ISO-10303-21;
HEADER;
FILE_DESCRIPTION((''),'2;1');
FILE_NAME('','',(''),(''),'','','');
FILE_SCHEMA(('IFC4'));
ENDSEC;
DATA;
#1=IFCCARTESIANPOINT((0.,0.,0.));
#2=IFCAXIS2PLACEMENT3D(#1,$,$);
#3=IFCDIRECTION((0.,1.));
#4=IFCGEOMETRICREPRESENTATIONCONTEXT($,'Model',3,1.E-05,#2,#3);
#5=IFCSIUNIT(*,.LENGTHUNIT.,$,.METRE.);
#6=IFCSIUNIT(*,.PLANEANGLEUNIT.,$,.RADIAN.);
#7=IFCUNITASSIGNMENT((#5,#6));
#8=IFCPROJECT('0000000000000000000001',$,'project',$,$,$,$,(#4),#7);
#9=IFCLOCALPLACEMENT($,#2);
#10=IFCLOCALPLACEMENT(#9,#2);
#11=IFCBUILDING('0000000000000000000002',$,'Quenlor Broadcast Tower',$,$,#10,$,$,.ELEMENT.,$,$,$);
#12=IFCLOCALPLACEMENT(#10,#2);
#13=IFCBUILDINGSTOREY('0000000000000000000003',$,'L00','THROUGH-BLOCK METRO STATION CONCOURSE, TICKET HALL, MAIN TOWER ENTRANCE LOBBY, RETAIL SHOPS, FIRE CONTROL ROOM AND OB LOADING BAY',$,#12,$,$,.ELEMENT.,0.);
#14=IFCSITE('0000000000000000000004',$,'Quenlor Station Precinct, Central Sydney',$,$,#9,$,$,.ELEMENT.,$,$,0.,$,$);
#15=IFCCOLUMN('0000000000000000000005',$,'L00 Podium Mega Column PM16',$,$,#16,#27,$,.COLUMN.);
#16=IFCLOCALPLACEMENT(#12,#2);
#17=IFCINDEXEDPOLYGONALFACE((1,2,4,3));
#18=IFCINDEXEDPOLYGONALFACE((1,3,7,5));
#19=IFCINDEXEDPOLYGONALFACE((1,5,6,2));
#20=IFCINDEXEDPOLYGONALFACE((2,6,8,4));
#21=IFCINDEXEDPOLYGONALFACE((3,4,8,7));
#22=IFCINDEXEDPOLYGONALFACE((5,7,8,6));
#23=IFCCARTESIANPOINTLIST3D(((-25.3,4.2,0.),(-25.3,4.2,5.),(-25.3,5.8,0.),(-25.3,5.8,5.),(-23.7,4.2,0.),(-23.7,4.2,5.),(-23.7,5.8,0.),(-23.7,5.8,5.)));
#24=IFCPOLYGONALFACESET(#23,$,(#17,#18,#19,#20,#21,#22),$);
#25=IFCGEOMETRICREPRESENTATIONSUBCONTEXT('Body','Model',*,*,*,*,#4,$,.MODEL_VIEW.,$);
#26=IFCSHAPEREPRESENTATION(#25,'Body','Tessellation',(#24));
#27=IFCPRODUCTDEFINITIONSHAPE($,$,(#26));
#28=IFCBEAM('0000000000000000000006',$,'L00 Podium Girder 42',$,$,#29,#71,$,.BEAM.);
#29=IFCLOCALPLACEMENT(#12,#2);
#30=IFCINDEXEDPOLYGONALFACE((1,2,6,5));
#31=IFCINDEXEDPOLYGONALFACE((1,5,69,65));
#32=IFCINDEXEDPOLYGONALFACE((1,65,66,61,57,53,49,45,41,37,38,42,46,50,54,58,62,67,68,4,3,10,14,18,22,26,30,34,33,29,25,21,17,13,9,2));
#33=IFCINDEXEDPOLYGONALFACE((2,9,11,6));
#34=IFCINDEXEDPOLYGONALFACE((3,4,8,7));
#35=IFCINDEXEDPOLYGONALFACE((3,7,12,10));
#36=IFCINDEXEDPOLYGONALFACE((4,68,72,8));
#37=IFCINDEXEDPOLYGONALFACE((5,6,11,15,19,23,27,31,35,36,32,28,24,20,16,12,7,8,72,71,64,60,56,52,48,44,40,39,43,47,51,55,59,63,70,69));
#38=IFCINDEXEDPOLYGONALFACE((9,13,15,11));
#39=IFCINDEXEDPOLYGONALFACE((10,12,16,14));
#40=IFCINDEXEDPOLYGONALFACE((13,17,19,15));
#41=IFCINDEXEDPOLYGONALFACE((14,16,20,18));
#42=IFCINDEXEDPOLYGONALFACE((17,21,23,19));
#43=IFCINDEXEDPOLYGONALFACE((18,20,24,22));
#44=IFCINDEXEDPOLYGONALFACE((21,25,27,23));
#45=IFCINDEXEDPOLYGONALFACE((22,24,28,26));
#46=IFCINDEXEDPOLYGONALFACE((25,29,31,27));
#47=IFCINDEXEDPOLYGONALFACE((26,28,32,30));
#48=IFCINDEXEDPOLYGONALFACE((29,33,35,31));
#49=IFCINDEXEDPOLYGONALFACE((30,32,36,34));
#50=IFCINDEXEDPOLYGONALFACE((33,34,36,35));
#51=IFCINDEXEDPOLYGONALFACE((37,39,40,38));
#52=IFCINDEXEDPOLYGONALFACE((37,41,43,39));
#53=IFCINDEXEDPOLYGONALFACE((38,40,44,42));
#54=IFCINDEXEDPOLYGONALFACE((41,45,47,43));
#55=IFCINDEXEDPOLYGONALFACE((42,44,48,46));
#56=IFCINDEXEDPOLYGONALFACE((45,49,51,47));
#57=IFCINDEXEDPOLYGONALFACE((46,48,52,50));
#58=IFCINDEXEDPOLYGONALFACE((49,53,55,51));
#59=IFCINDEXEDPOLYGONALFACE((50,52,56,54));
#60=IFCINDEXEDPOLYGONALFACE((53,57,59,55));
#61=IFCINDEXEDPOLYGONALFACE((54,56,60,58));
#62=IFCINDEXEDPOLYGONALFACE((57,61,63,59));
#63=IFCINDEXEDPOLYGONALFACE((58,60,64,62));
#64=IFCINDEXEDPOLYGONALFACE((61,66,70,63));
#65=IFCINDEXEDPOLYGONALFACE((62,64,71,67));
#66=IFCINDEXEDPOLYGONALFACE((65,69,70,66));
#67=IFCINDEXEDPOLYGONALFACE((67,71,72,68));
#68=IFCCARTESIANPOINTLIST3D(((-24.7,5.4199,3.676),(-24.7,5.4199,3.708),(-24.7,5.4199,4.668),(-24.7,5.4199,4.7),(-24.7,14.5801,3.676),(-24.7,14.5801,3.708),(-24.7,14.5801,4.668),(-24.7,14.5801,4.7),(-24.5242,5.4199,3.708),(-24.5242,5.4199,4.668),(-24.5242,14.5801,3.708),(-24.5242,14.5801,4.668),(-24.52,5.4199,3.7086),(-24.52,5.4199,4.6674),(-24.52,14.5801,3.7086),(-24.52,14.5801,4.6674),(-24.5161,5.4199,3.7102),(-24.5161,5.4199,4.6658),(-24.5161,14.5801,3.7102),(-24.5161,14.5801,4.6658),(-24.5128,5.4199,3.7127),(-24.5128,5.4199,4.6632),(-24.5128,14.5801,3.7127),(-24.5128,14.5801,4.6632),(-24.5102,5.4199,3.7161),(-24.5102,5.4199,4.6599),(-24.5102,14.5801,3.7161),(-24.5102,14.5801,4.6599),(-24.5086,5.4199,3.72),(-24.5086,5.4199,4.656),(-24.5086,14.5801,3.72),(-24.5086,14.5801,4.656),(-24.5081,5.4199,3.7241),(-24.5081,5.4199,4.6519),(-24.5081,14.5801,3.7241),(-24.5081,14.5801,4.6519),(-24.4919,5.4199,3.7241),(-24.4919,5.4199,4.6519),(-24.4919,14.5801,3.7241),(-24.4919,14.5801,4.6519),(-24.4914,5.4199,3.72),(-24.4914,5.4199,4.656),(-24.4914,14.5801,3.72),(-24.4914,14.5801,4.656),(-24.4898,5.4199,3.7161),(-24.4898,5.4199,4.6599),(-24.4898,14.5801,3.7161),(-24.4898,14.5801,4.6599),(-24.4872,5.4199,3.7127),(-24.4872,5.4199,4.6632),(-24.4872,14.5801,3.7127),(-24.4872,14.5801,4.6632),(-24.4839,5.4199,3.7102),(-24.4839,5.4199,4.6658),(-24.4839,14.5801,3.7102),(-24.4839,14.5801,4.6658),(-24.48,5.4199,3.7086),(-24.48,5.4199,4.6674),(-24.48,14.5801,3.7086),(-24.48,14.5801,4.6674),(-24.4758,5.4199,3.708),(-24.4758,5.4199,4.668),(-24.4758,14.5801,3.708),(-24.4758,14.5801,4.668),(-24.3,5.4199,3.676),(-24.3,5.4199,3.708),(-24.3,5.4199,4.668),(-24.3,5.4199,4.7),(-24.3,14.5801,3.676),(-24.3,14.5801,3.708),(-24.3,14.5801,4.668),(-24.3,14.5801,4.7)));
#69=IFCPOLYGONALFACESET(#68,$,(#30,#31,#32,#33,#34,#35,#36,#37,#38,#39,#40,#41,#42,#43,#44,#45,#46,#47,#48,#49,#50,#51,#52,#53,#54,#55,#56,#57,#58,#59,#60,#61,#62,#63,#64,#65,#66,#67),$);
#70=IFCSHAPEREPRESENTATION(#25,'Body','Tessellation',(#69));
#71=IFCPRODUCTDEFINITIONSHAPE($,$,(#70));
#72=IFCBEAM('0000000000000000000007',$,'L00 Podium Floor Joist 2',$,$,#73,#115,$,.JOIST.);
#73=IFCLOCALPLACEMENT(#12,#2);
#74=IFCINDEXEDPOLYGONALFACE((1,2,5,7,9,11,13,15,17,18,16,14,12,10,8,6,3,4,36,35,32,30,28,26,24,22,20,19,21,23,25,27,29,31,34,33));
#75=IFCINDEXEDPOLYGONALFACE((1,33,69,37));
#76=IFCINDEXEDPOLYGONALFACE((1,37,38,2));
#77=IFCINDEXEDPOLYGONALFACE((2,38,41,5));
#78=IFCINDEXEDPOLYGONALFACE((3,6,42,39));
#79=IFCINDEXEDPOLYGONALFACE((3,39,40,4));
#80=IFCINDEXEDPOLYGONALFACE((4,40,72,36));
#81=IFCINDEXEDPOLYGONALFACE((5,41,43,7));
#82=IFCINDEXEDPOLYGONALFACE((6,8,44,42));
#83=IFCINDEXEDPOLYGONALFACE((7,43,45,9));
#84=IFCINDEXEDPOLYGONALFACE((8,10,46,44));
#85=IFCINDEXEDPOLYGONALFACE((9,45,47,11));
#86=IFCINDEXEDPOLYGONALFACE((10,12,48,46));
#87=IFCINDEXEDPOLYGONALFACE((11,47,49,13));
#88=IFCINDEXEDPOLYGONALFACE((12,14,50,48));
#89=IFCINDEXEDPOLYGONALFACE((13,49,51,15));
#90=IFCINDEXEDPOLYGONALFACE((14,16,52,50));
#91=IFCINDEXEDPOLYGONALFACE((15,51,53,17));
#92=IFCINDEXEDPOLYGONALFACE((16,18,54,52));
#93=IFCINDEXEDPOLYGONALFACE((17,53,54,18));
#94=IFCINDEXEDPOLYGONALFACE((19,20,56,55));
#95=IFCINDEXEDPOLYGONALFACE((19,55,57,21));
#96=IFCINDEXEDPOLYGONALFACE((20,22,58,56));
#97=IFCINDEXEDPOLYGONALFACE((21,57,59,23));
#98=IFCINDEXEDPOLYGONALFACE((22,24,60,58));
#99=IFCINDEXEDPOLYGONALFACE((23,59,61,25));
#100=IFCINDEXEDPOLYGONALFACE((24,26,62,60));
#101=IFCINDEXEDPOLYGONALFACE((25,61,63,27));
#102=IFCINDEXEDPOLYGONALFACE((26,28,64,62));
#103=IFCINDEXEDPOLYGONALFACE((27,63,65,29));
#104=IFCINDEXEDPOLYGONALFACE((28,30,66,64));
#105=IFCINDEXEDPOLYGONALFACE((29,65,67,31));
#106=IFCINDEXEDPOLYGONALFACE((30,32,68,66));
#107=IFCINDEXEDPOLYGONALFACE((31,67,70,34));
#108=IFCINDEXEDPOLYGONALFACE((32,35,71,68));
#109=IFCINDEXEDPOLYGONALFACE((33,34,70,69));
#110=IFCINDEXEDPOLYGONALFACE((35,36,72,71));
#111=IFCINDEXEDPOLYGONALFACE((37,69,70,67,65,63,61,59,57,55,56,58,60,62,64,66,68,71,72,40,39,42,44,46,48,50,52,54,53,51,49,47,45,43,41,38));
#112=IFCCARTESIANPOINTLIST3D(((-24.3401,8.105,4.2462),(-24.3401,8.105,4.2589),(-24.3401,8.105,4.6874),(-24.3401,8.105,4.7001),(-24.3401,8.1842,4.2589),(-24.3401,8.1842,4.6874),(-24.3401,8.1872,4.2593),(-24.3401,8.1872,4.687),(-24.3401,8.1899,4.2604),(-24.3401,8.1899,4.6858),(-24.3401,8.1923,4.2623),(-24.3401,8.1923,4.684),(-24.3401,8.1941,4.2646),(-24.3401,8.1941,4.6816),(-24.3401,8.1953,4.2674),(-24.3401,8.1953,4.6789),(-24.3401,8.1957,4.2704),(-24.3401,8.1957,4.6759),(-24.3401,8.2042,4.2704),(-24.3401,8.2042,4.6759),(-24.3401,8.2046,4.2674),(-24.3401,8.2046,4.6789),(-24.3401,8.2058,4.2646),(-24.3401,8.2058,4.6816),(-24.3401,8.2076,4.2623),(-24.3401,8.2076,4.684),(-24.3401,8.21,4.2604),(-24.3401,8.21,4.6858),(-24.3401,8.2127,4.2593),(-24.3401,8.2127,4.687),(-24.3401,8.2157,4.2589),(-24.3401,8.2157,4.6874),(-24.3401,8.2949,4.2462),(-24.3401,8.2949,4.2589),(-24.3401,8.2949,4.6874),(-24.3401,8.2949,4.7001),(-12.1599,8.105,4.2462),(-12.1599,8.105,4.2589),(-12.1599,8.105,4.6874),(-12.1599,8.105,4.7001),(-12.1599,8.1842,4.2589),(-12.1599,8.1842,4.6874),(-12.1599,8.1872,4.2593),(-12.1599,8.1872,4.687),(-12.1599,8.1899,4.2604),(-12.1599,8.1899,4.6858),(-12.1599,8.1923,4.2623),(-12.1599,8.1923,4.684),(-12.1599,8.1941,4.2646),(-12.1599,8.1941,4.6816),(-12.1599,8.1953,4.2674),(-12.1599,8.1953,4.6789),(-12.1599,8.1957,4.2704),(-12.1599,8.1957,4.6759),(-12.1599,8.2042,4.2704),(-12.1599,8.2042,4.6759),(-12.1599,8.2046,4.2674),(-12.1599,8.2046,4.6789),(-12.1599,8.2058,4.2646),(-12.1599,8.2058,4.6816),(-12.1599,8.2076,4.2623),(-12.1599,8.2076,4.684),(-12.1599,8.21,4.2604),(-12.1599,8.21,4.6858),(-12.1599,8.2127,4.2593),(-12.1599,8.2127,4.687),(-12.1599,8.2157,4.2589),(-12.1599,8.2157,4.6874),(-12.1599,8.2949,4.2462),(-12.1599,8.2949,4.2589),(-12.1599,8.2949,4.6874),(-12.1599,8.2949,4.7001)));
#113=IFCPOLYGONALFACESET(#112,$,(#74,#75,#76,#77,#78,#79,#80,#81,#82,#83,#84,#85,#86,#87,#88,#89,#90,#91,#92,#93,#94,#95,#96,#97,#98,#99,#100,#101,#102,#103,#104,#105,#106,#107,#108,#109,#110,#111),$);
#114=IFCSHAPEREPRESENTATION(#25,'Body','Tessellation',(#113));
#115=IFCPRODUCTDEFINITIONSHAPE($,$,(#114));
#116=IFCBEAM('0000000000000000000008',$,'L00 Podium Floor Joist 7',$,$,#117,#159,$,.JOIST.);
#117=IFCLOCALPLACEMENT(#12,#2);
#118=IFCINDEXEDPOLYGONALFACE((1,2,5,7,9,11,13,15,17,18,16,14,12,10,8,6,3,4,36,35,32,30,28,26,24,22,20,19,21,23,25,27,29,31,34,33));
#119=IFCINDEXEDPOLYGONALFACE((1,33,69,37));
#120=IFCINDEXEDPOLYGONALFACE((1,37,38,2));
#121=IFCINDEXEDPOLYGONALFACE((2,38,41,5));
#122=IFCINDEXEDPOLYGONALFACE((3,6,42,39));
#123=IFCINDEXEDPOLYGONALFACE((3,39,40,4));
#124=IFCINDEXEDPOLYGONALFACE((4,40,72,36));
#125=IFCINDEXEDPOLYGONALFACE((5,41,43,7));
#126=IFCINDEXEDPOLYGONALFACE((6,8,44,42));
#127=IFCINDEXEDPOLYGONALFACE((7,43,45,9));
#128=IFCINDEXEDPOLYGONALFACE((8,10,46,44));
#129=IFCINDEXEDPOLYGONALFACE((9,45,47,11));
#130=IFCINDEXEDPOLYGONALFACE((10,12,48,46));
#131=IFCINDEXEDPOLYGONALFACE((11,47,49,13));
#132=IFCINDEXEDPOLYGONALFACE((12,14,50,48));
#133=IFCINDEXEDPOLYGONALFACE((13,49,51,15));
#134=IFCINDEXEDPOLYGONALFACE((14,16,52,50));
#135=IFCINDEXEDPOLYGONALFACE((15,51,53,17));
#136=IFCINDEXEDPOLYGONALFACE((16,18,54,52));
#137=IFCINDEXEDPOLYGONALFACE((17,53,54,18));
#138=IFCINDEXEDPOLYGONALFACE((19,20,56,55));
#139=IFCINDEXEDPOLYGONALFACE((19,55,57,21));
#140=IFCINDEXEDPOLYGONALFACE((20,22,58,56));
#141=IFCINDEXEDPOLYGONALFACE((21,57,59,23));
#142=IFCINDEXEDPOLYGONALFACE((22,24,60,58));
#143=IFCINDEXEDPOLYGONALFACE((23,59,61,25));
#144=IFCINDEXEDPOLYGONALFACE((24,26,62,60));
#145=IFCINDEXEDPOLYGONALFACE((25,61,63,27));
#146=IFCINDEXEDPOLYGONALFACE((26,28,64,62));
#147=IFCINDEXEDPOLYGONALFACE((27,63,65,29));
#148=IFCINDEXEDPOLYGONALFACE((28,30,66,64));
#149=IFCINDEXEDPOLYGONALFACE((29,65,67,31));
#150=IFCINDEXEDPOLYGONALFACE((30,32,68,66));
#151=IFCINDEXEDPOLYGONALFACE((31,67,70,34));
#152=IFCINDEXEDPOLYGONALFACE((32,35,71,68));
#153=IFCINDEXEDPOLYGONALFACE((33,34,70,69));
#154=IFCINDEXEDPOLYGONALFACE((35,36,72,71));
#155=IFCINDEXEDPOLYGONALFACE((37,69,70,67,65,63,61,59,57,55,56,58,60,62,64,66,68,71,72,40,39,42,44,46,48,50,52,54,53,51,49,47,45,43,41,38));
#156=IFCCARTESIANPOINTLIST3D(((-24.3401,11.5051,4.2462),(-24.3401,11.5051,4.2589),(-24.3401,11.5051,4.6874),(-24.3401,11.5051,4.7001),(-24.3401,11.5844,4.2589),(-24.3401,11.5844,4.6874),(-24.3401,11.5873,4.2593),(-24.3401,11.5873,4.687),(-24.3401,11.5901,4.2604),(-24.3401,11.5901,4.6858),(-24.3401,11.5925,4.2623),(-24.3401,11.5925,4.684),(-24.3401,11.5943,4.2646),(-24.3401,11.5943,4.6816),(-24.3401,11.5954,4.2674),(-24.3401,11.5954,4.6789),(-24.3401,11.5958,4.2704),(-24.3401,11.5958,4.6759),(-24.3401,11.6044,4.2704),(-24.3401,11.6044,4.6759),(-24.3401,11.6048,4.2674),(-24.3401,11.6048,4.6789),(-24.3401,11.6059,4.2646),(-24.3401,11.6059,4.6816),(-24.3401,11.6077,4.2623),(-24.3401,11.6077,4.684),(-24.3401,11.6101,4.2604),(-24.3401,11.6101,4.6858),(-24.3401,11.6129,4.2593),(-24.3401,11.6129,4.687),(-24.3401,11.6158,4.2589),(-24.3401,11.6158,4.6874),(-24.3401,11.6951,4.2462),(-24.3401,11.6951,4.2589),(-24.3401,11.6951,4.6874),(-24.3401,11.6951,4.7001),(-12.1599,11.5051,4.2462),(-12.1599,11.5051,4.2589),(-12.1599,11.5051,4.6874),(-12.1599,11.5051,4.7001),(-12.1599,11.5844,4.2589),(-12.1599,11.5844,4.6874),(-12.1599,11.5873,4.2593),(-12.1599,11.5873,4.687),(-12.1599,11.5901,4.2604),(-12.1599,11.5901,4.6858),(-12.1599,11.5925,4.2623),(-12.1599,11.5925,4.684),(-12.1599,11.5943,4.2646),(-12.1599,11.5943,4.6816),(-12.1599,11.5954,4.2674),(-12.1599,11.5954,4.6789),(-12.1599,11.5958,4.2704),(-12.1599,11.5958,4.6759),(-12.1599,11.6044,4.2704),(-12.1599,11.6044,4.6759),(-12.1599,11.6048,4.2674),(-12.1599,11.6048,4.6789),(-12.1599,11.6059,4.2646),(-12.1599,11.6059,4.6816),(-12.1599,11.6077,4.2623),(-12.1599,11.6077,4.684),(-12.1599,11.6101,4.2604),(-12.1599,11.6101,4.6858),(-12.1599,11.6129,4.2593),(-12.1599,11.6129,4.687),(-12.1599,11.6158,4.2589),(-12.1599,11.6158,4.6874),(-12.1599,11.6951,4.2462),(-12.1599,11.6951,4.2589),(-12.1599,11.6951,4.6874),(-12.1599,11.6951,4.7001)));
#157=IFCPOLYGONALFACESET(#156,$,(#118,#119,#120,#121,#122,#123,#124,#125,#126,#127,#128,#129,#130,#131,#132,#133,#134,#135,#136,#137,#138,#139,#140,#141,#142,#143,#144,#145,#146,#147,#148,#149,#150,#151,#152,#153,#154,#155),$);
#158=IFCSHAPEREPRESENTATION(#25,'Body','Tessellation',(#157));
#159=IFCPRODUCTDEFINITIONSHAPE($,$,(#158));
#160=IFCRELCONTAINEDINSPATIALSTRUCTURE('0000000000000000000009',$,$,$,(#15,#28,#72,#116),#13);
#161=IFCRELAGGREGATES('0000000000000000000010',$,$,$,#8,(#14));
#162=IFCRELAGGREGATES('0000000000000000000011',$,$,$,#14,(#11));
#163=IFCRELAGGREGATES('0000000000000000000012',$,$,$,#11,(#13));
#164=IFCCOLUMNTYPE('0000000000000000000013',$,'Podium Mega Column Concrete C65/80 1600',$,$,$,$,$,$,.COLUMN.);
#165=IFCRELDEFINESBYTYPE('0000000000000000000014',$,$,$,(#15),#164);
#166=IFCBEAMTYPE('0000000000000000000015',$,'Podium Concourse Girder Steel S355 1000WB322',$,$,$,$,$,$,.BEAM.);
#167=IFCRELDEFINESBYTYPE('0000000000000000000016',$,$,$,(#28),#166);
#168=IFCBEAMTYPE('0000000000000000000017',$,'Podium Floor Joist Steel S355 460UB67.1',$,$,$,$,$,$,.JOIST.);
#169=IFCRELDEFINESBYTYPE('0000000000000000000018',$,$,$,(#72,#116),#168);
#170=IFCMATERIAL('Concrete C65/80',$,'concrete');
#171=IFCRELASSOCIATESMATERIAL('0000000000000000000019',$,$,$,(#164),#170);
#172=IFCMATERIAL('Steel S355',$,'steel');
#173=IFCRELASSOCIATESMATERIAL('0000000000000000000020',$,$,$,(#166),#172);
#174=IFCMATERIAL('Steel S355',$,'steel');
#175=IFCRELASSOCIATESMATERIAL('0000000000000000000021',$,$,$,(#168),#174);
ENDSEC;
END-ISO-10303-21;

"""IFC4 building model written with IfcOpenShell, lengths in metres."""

from ifc_helpers import new_model, si_unit, direction, frame, origin, origin_2d, place, context, subcontext, project, spatial, rectangle, i_section, extrude, material, material_profile, profile_set, type_object, element, save


model = new_model("IFC4")

# Units and contexts
model_context = context("Model", 3, precision=1e-05, world=origin(), true_north=direction((0.0, 1.0)))
body_context = subcontext(model_context, "Body", "Model", "MODEL_VIEW")
ifc_project = project(units=[si_unit("LENGTHUNIT", "METRE"), si_unit("PLANEANGLEUNIT", "RADIAN")], contexts=[model_context])

# Site, building, storey
site_placement = place(None, origin())
site = spatial("IfcSite", under=ifc_project, at=site_placement, Name="Quenlor Station Precinct, Central Sydney", CompositionType="ELEMENT", RefElevation=0.0)
building_placement = place(site_placement, origin())
building = spatial("IfcBuilding", under=site, at=building_placement, Name="Quenlor Broadcast Tower", CompositionType="ELEMENT")
storey_placement = place(building_placement, origin())
storey = spatial("IfcBuildingStorey", under=building, at=storey_placement, Name="L00", Description="THROUGH-BLOCK METRO STATION CONCOURSE, TICKET HALL, MAIN TOWER ENTRANCE LOBBY, RETAIL SHOPS, FIRE CONTROL ROOM AND OB LOADING BAY", CompositionType="ELEMENT", Elevation=0.0)

# Column
ifc_material_1 = material(Name="Concrete C65/80", Category="concrete")
ifc_material_profile_1 = material_profile(ifc_material_1, rectangle(XDim=1.6001, YDim=1.6001, at=origin_2d()))
ifc_profile_set_1 = profile_set([ifc_material_profile_1], Name="Concrete C65/80 RC1600x1600")
column_type = type_object("IfcColumnType", Name="Podium Mega Column Concrete C65/80 1600", PredefinedType="COLUMN", material=ifc_profile_set_1)
column_placement = place(storey_placement, frame((-24.5, 5.0, 0.0), z_axis=(0.0, 0.0, 1.0), x_axis=(1.0, 0.0, 0.0)))
element("IfcColumn", 1, at=column_placement, inside=storey, type_object=column_type, Name="L00 Podium Mega Column PM16", PredefinedType="COLUMN", context=body_context, shape_type="SweptSolid", body=[
    extrude(rectangle(XDim=1.6001, YDim=1.6001, at=origin_2d()), origin(), (0.0, 0.0, 1.0), 5.0),
])

# Beams
ifc_material_2 = material(Name="Steel S355", Category="steel")
ifc_material_profile_2 = material_profile(ifc_material_2, i_section(OverallWidth=0.3999, OverallDepth=1.0239, WebThickness=0.0161, FlangeThickness=0.032, FilletRadius=0.0161, at=origin_2d()))
ifc_profile_set_2 = profile_set([ifc_material_profile_2], Name="Steel S355 1000WB322")
beam_type_1 = type_object("IfcBeamType", Name="Podium Concourse Girder Steel S355 1000WB322", PredefinedType="BEAM", material=ifc_profile_set_2)
beam_1_placement = place(storey_placement, frame((-24.5, 5.4199, 4.188), z_axis=(0.0, 1.0, 0.0), x_axis=(-1.0, 0.0, 0.0)))
element("IfcBeam", 2, at=beam_1_placement, inside=storey, type_object=beam_type_1, Name="L00 Podium Girder 42", PredefinedType="BEAM", context=body_context, shape_type="SweptSolid", body=[
    extrude(i_section(OverallWidth=0.3999, OverallDepth=1.0239, WebThickness=0.0161, FlangeThickness=0.032, FilletRadius=0.0161, at=origin_2d()), origin(), (0.0, 0.0, 1.0), 9.1602),
])
ifc_material_3 = material(Name="Steel S355", Category="steel")
ifc_material_profile_3 = material_profile(ifc_material_3, i_section(OverallWidth=0.1899, OverallDepth=0.4539, WebThickness=0.0085, FlangeThickness=0.0127, FilletRadius=0.0115, at=origin_2d()))
ifc_profile_set_3 = profile_set([ifc_material_profile_3], Name="Steel S355 460UB67.1")
beam_type_2 = type_object("IfcBeamType", Name="Podium Floor Joist Steel S355 460UB67.1", PredefinedType="JOIST", material=ifc_profile_set_3)
for number, where, z_axis, x_axis, name in (
    (3, (-24.3401, 8.2, 4.4731), (1.0, 0.0, 0.0), (0.0, 1.0, 0.0), "L00 Podium Floor Joist 2"),
    (4, (-24.3401, 11.6001, 4.4731), (1.0, 0.0, 0.0), (0.0, 1.0, 0.0), "L00 Podium Floor Joist 7"),
):
    element("IfcBeam", number, at=place(storey_placement, frame(where, z_axis=z_axis, x_axis=x_axis)), inside=storey, type_object=beam_type_2, Name=name, PredefinedType="JOIST", context=body_context, shape_type="SweptSolid", body=[
        extrude(i_section(OverallWidth=0.1899, OverallDepth=0.4539, WebThickness=0.0085, FlangeThickness=0.0127, FilletRadius=0.0115, at=origin_2d()), origin(), (0.0, 0.0, 1.0), 12.1802),
    ])

save(model, "model.ifc")
